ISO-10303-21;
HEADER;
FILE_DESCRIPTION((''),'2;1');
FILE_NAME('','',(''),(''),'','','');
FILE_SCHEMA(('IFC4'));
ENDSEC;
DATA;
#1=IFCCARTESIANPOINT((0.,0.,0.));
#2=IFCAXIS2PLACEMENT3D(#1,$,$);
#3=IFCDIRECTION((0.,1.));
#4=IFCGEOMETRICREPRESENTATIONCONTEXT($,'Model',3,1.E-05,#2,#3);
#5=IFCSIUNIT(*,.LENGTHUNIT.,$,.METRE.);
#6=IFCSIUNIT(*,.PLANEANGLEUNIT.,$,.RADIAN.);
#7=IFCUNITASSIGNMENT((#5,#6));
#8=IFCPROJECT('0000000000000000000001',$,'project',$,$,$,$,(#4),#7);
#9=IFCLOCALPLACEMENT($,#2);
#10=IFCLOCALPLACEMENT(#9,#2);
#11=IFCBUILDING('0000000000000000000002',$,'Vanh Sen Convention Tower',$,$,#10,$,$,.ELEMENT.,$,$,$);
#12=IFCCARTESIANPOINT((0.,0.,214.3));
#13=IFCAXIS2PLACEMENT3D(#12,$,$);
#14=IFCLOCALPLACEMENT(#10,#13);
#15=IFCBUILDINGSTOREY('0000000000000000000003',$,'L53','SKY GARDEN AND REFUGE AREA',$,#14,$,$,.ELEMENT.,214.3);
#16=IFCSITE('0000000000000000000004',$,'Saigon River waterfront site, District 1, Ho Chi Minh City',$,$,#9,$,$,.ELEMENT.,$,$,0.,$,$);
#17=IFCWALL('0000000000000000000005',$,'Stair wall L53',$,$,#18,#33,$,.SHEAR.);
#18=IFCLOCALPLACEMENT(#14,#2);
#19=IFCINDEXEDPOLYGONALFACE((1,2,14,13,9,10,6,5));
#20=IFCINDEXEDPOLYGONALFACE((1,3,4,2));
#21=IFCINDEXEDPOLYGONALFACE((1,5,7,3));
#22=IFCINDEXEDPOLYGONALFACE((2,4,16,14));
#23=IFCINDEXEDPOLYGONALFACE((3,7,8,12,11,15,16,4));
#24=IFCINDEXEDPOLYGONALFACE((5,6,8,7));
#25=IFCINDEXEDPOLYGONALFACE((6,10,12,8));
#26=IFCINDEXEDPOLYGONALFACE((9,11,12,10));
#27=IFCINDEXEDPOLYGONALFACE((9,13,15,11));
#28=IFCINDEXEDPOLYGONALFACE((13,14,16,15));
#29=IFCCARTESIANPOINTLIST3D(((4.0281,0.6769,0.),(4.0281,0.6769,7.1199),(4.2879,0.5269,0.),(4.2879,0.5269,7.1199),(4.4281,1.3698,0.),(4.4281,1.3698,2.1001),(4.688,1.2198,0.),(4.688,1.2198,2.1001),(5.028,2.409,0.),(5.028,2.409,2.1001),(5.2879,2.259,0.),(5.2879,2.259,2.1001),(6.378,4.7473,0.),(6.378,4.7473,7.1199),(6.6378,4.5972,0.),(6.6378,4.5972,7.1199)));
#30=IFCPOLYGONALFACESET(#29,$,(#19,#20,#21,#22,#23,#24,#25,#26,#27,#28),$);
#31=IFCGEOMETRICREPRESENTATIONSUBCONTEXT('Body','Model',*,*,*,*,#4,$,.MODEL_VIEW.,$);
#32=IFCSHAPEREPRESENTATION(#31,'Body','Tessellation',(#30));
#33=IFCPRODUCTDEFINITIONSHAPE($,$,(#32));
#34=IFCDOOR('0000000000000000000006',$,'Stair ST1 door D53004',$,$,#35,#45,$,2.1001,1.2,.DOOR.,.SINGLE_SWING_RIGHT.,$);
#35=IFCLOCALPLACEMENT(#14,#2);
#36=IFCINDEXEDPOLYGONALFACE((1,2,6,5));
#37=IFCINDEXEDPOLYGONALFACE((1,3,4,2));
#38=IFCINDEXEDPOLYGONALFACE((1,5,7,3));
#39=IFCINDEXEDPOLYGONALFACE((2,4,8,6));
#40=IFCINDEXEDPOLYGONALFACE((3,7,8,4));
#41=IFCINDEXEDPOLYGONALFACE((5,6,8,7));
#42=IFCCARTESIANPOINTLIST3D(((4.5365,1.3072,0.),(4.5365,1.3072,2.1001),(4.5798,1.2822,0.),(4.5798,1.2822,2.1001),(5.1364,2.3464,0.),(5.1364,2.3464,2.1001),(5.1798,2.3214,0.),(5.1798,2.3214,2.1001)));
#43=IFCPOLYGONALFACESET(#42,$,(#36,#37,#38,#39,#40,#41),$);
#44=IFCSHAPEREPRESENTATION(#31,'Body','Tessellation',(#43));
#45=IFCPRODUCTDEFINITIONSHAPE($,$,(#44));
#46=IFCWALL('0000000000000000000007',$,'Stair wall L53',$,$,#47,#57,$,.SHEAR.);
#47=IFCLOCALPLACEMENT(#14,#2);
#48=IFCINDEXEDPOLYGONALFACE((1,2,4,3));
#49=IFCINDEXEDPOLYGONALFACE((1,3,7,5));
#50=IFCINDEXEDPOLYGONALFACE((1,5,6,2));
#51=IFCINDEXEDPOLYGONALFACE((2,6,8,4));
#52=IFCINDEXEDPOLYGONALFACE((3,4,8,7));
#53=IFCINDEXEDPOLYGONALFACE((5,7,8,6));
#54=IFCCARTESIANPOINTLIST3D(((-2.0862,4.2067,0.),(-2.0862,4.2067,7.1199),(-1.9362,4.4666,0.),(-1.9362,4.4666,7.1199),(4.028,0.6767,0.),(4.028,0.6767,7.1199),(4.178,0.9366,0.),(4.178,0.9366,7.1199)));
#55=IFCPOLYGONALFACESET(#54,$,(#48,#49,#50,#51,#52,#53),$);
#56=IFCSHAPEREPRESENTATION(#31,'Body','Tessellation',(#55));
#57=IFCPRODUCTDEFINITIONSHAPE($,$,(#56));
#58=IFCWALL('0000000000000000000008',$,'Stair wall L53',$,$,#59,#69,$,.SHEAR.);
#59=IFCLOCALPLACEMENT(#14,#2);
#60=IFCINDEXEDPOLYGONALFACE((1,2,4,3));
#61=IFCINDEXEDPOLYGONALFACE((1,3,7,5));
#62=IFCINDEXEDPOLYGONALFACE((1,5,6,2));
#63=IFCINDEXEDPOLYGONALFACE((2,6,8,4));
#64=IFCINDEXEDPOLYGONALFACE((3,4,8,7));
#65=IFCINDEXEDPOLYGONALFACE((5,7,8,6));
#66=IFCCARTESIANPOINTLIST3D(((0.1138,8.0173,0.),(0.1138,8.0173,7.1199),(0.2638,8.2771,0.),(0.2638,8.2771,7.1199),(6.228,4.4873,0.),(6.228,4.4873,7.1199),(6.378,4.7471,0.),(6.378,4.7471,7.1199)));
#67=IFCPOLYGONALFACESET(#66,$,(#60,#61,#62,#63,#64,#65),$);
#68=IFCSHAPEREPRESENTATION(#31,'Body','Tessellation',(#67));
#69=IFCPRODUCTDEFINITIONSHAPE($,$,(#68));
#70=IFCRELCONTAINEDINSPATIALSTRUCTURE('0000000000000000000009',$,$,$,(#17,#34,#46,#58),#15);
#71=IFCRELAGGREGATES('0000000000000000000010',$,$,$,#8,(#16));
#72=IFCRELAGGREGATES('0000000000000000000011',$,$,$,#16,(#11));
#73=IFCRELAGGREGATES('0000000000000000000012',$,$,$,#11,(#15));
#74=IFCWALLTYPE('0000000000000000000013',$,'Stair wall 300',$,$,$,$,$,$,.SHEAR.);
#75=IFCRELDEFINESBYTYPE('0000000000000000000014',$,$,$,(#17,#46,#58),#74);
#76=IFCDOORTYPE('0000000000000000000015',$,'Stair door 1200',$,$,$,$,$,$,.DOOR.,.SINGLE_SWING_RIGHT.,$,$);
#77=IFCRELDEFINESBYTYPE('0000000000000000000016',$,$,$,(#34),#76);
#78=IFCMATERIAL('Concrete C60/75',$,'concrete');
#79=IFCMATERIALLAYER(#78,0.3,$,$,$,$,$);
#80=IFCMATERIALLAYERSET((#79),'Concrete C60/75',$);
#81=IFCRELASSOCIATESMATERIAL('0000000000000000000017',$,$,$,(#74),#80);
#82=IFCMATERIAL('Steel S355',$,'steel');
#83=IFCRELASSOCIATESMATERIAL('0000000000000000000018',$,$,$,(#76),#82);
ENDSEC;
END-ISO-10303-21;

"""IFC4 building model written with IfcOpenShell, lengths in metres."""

from ifc_helpers import new_model, si_unit, direction, frame, frame_2d, origin, place, context, subcontext, project, spatial, rectangle, extrude, material, layer, layer_set, type_object, element, fill, save


model = new_model("IFC4")

# Units and contexts
model_context = context("Model", 3, precision=1e-05, world=origin(), true_north=direction((0.0, 1.0)))
body_context = subcontext(model_context, "Body", "Model", "MODEL_VIEW")
ifc_project = project(units=[si_unit("LENGTHUNIT", "METRE"), si_unit("PLANEANGLEUNIT", "RADIAN")], contexts=[model_context])

# Site, building, storey
site_placement = place(None, origin())
site = spatial("IfcSite", under=ifc_project, at=site_placement, Name="Saigon River waterfront site, District 1, Ho Chi Minh City", CompositionType="ELEMENT", RefElevation=0.0)
building_placement = place(site_placement, origin())
building = spatial("IfcBuilding", under=site, at=building_placement, Name="Vanh Sen Convention Tower", CompositionType="ELEMENT")
storey_placement = place(building_placement, frame((0.0, 0.0, 214.3)))
storey = spatial("IfcBuildingStorey", under=building, at=storey_placement, Name="L53", Description="SKY GARDEN AND REFUGE AREA", CompositionType="ELEMENT", Elevation=214.3)

# Shared definitions
ifc_material_1 = material(Name="Concrete C60/75", Category="concrete")

# Wall, opening, door
ifc_material_2 = material(Name="Steel S355", Category="steel")
ifc_layer_1 = layer(ifc_material_1, 0.3)
ifc_layer_set_1 = layer_set([ifc_layer_1], Name="Concrete C60/75")
wall_type_1 = type_object("IfcWallType", Name="Stair wall 300", PredefinedType="SHEAR", material=ifc_layer_set_1)
wall_1_placement = place(storey_placement, frame((4.158, 0.6018, 0.0), z_axis=(0.0, 0.0, 1.0), x_axis=(0.499977, 0.866039, 0.0)))
wall_1 = element("IfcWall", 1, at=wall_1_placement, inside=storey, type_object=wall_type_1, Name="Stair wall L53", PredefinedType="SHEAR", context=body_context, shape_type="SweptSolid", body=[
    extrude(rectangle(XDim=4.7, YDim=0.3, at=frame_2d((2.3501, 0.0))), origin(), (0.0, 0.0, 1.0), 7.1199),
])
opening_1_placement = place(wall_1_placement, frame((0.8, 0.0, 0.0)))
opening_1 = element("IfcOpeningElement", 2, at=opening_1_placement, cuts=wall_1, PredefinedType="OPENING", context=body_context, shape_type="SweptSolid", body=[
    extrude(rectangle(XDim=1.2, YDim=2.1001, at=frame_2d((0.6001, 1.05))), frame((0.0, 0.1599, 0.0), z_axis=(0.0, -1.0, 0.0), x_axis=(1.0, 0.0, 0.0)), (0.0, 0.0, 1.0), 0.3201),
])
door_type_1 = type_object("IfcDoorType", Name="Stair door 1200", OperationType="SINGLE_SWING_RIGHT", PredefinedType="DOOR", material=ifc_material_2)
door_1_placement = place(opening_1_placement, origin())
door_1 = element("IfcDoor", 3, at=door_1_placement, inside=storey, type_object=door_type_1, Name="Stair ST1 door D53004", OperationType="SINGLE_SWING_RIGHT", OverallHeight=2.1001, OverallWidth=1.2, PredefinedType="DOOR", context=body_context, shape_type="SweptSolid", body=[
    extrude(rectangle(XDim=1.2, YDim=2.1001, at=frame_2d((0.6001, 1.05))), frame((0.0, 0.0249, 0.0), z_axis=(0.0, -1.0, 0.0), x_axis=(1.0, 0.0, 0.0)), (0.0, 0.0, 1.0), 0.05),
])
fill(opening_1, door_1)

# Walls
for number, where, z_axis, x_axis, name in (
    (4, (4.103, 0.8066, 0.0), (0.0, 0.0, 1.0), (-0.866028, 0.499996, 0.0), "Stair wall L53"),
    (5, (6.303, 4.6172, 0.0), (0.0, 0.0, 1.0), (-0.866028, 0.499996, 0.0), "Stair wall L53"),
):
    element("IfcWall", number, at=place(storey_placement, frame(where, z_axis=z_axis, x_axis=x_axis)), inside=storey, type_object=wall_type_1, Name=name, PredefinedType="SHEAR", context=body_context, shape_type="SweptSolid", body=[
        extrude(rectangle(XDim=7.0601, YDim=0.3, at=frame_2d((3.53, 0.0))), origin(), (0.0, 0.0, 1.0), 7.1199),
    ])

save(model, "model.ifc")
